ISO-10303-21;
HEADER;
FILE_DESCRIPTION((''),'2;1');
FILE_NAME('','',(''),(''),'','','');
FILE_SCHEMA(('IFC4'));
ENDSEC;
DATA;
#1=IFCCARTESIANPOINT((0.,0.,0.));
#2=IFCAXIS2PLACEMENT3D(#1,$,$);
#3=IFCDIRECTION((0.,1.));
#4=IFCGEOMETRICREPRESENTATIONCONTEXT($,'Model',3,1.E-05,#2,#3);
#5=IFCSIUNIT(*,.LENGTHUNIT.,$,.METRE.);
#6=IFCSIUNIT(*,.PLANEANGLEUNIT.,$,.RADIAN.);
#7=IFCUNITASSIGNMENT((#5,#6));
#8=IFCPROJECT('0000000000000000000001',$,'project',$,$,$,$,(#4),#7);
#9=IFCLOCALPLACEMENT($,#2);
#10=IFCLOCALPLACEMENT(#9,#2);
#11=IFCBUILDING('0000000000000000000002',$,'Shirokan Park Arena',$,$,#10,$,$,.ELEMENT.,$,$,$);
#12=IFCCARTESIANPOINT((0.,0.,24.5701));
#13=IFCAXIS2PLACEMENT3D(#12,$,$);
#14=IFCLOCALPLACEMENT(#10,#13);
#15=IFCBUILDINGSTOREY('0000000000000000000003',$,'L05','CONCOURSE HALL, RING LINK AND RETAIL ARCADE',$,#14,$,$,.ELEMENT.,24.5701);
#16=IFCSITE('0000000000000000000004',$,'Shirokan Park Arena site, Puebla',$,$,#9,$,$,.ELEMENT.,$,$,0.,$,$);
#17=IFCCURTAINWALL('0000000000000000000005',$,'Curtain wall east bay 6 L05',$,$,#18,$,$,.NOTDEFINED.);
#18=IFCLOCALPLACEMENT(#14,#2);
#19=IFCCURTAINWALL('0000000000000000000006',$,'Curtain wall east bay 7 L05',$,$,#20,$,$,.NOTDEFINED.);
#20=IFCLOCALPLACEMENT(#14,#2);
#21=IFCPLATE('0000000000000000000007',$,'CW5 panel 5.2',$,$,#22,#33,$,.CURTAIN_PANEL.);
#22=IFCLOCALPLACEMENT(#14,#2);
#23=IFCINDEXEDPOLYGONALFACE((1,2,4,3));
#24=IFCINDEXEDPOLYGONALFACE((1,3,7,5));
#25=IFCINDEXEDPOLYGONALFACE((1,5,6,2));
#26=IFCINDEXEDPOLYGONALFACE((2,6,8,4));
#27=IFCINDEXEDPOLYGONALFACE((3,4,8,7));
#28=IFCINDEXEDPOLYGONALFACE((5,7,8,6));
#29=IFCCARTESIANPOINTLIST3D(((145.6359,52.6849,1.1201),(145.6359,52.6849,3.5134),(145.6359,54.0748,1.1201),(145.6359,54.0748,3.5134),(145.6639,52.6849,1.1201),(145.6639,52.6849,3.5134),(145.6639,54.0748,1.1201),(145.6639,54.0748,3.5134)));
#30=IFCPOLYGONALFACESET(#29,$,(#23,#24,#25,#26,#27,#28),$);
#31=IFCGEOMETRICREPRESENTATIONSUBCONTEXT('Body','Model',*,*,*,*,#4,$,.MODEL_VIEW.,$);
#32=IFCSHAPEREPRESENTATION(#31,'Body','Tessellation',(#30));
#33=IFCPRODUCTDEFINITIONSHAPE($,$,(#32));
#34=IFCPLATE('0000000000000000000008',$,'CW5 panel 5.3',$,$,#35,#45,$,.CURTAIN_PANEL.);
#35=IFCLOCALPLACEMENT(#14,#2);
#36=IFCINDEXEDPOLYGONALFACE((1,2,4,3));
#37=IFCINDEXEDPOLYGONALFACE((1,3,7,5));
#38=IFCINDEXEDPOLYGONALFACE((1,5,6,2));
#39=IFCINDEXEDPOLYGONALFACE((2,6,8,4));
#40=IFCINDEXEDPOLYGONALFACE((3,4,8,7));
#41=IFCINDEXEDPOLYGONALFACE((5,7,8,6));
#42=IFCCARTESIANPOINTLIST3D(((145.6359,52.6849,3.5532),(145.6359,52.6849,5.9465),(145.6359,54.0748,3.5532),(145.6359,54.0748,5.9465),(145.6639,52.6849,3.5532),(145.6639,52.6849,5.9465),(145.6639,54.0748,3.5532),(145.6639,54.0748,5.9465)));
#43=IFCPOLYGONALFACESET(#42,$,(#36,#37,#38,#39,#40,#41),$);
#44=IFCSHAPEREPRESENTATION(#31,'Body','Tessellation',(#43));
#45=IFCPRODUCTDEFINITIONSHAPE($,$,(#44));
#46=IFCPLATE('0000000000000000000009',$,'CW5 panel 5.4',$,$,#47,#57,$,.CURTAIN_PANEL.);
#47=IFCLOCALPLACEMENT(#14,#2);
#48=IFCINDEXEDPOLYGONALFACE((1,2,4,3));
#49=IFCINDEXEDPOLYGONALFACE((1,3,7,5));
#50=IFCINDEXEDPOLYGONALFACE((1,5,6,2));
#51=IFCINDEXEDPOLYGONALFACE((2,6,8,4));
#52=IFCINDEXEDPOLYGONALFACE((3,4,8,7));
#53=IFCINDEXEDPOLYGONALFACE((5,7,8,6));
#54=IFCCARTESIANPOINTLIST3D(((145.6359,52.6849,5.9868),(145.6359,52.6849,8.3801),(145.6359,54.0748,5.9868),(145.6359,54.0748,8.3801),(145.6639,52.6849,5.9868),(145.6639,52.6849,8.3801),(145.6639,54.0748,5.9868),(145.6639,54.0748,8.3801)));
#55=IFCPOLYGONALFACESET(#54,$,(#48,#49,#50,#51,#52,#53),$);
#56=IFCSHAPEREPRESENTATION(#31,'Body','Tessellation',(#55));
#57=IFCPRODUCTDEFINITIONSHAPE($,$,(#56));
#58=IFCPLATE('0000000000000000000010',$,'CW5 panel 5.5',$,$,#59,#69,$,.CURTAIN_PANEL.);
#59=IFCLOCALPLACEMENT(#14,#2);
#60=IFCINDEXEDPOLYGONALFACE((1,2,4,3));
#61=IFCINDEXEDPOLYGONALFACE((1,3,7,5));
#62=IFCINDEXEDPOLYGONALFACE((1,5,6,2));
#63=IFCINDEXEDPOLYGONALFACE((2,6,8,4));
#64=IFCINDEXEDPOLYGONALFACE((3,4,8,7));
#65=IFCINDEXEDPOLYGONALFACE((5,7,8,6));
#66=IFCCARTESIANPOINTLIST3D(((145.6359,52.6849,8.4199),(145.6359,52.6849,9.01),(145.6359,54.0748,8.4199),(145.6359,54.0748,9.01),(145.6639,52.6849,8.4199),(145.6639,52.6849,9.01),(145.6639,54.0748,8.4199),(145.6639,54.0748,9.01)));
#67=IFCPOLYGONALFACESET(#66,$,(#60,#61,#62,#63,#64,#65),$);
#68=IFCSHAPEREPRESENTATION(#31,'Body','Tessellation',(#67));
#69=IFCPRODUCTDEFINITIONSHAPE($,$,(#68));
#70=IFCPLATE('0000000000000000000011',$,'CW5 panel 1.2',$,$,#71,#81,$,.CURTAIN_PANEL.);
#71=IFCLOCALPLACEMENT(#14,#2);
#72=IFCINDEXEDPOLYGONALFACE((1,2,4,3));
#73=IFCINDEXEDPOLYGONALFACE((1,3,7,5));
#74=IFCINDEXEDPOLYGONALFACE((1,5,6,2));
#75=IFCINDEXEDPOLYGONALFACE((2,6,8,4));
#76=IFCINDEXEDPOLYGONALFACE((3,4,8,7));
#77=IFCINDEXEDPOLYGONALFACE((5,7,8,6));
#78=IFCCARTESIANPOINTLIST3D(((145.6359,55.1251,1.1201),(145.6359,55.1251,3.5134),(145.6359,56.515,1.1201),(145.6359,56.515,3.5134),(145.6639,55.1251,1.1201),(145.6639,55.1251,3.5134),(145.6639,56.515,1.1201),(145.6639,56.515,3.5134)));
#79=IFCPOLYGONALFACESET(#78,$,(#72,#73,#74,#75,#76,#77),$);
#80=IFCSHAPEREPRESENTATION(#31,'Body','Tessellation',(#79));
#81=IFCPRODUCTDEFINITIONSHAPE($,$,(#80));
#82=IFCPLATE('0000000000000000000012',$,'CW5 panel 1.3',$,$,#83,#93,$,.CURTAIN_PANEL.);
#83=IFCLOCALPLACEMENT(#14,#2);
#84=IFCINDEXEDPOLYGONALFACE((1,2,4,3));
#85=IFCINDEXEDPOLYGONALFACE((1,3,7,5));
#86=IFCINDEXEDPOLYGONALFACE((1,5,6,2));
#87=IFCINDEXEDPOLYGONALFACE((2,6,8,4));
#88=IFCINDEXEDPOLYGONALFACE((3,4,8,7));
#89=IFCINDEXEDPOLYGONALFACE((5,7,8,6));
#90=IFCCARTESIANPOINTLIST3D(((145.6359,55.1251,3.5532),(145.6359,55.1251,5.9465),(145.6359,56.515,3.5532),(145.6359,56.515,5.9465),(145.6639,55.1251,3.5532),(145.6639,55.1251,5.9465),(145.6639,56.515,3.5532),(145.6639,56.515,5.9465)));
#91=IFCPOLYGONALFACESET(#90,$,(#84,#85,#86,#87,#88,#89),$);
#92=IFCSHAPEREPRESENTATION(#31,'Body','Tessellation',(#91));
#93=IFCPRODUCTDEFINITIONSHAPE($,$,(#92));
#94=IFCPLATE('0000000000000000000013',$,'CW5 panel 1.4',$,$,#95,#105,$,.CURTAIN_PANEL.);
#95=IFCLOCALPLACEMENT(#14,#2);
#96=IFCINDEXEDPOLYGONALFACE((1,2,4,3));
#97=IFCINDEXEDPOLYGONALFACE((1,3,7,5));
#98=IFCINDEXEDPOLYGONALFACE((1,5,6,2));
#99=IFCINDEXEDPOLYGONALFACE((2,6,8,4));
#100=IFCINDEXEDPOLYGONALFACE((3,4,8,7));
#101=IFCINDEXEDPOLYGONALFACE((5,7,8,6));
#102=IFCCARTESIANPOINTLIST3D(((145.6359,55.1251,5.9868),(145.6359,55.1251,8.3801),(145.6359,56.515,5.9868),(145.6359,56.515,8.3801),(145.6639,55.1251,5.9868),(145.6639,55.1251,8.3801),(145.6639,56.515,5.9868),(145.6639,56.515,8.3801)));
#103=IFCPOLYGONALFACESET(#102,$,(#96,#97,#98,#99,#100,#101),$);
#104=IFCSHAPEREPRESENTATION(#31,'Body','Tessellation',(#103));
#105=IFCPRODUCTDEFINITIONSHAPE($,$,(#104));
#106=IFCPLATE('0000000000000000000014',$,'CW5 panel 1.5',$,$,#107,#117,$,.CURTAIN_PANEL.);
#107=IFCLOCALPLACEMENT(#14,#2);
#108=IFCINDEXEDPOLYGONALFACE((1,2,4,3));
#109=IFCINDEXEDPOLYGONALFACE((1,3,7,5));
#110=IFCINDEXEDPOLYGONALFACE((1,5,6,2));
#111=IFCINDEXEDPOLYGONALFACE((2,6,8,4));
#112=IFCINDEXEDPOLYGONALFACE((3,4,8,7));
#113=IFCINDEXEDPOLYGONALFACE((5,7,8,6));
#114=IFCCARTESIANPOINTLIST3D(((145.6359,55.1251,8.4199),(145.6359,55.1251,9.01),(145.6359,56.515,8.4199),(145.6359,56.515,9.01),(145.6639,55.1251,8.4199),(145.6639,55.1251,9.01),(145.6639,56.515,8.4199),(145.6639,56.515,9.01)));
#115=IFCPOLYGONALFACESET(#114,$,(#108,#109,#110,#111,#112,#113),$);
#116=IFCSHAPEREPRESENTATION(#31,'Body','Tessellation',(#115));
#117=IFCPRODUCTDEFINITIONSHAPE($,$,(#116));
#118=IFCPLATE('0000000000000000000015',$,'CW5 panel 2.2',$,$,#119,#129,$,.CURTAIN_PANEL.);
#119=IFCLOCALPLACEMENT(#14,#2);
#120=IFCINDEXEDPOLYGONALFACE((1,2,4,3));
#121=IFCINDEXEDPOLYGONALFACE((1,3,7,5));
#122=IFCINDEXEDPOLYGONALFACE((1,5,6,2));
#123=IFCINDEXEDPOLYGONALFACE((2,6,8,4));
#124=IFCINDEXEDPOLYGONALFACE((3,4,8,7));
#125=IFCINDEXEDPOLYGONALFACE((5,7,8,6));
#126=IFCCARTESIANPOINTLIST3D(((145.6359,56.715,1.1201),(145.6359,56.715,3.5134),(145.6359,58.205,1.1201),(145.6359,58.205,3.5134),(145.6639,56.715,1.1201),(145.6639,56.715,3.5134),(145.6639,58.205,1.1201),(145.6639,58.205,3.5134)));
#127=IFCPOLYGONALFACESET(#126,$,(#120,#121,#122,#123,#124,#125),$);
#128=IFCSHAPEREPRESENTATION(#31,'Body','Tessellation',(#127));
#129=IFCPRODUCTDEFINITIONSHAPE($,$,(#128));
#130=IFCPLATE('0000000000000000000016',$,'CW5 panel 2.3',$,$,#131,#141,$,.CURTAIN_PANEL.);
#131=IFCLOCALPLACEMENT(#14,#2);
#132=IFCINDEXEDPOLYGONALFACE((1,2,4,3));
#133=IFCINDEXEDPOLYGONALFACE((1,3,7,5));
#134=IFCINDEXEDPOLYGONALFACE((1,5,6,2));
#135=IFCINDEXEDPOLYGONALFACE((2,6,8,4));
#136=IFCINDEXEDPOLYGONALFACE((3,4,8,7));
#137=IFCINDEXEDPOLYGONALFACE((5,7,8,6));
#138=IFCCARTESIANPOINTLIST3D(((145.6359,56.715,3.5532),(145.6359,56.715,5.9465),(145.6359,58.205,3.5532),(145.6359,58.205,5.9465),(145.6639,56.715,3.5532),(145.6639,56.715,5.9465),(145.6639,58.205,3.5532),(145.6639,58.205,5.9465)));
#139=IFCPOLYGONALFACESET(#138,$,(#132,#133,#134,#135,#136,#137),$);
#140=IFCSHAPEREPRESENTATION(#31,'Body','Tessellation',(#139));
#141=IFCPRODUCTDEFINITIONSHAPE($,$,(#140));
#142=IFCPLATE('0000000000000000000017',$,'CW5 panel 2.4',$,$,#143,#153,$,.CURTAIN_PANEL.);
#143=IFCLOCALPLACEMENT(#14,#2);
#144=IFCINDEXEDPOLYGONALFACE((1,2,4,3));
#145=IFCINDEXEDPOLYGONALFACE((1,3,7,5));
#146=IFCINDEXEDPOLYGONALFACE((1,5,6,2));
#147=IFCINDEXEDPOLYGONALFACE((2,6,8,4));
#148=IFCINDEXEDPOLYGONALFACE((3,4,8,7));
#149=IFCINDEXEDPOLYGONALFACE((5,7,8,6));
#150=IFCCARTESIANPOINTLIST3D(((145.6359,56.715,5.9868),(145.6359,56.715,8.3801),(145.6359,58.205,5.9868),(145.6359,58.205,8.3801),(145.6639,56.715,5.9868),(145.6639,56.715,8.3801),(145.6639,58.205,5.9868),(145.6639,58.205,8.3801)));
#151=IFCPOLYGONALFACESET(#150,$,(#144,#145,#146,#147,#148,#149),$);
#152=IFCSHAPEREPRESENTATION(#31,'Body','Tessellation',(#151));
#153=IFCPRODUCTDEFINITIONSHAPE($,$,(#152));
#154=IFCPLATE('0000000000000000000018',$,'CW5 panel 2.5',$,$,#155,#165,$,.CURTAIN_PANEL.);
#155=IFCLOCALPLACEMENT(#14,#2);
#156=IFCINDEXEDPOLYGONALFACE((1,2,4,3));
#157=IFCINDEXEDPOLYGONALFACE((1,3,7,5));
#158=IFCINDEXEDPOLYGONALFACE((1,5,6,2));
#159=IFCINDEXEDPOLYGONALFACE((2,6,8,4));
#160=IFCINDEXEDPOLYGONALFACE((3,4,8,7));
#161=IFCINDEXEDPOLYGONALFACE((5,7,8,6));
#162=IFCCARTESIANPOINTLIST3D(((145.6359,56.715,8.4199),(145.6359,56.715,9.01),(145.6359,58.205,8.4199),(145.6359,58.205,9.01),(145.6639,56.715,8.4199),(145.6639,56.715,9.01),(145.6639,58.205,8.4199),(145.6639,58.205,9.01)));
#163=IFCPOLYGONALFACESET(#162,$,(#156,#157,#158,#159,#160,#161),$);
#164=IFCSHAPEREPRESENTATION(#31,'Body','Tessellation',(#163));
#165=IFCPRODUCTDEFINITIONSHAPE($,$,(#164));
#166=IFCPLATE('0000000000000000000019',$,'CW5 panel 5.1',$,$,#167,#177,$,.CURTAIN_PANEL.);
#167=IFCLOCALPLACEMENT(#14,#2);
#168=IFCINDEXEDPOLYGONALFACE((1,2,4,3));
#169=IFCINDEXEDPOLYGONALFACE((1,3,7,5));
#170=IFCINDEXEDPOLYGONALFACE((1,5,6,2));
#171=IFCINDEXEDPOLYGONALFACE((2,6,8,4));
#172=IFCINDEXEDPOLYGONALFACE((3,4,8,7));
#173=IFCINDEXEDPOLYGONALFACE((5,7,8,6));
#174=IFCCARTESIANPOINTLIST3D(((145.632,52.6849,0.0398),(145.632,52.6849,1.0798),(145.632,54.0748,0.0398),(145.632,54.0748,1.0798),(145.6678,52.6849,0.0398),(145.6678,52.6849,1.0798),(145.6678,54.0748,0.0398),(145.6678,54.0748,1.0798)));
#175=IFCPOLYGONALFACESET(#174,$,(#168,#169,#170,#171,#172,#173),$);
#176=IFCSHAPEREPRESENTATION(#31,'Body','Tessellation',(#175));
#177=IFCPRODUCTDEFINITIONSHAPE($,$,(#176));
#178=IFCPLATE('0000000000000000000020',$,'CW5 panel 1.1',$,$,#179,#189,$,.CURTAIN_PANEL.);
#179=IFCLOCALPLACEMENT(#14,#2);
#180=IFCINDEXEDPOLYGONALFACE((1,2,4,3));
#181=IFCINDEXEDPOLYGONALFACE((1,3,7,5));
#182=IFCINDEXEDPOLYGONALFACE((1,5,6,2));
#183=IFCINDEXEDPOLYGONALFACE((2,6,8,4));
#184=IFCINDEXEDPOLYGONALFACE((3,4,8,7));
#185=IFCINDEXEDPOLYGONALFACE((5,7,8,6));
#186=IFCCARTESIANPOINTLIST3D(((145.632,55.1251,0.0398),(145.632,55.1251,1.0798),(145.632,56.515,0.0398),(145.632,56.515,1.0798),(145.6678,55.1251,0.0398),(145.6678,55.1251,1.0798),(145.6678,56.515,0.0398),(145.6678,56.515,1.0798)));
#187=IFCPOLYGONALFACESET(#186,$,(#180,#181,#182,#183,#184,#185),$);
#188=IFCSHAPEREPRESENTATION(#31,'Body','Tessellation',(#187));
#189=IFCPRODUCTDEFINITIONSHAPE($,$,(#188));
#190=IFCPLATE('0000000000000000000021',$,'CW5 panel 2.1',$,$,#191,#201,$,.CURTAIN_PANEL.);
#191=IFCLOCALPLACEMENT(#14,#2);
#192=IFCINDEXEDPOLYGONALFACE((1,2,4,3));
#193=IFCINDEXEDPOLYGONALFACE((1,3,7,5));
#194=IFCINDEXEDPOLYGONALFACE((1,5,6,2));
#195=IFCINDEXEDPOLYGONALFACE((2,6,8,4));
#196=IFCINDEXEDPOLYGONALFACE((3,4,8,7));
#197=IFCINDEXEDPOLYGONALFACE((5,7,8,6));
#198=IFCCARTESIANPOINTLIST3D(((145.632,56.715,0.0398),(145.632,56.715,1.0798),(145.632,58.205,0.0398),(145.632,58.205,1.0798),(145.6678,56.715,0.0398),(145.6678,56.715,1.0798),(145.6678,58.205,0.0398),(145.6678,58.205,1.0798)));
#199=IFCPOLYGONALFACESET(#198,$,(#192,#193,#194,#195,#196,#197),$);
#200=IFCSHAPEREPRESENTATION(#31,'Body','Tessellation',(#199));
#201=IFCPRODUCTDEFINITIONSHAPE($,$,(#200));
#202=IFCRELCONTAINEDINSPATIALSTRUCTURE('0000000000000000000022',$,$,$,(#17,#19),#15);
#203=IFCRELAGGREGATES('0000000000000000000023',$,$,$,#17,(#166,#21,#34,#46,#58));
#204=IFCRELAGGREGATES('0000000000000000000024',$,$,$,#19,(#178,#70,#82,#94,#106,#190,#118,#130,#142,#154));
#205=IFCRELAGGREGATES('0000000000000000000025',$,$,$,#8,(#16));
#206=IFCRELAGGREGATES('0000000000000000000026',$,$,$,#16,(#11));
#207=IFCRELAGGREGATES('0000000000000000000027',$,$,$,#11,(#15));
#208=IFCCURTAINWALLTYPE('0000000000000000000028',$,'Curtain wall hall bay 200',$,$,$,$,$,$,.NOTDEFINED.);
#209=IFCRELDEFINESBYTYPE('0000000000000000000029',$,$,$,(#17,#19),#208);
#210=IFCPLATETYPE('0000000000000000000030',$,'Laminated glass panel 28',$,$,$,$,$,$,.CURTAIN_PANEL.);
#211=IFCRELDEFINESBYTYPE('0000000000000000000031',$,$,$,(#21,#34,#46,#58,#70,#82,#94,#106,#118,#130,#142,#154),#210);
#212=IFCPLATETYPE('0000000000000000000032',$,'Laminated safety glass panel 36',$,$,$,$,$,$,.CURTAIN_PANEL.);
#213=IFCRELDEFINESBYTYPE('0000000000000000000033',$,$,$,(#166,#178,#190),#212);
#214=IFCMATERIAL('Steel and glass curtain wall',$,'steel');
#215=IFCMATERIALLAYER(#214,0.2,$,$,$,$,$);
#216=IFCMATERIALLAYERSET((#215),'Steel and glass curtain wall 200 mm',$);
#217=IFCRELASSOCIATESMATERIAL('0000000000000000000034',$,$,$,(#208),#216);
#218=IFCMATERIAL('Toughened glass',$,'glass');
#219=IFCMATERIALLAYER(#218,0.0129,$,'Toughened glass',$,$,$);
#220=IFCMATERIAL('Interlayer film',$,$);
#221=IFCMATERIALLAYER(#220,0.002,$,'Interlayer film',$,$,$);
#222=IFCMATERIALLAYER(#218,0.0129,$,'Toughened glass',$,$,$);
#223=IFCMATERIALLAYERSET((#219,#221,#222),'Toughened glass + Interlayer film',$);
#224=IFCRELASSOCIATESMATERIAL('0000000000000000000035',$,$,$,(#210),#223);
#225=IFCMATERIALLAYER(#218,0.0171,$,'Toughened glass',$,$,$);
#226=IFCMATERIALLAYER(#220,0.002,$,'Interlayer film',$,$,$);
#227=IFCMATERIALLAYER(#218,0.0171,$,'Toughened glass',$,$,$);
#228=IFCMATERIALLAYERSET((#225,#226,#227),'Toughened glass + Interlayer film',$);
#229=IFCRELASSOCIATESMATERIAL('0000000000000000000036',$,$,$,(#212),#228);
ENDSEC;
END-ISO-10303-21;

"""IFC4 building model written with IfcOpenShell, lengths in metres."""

from ifc_helpers import new_model, si_unit, direction, frame, origin, origin_2d, place, context, subcontext, project, spatial, rectangle, extrude, material, layer, layer_set, type_object, element, aggregate, save


model = new_model("IFC4")

# Units and contexts
model_context = context("Model", 3, precision=1e-05, world=origin(), true_north=direction((0.0, 1.0)))
body_context = subcontext(model_context, "Body", "Model", "MODEL_VIEW")
ifc_project = project(units=[si_unit("LENGTHUNIT", "METRE"), si_unit("PLANEANGLEUNIT", "RADIAN")], contexts=[model_context])

# Site, building, storey
site_placement = place(None, origin())
site = spatial("IfcSite", under=ifc_project, at=site_placement, Name="Shirokan Park Arena site, Puebla", CompositionType="ELEMENT", RefElevation=0.0)
building_placement = place(site_placement, origin())
building = spatial("IfcBuilding", under=site, at=building_placement, Name="Shirokan Park Arena", CompositionType="ELEMENT")
storey_placement = place(building_placement, frame((0.0, 0.0, 24.5701)))
storey = spatial("IfcBuildingStorey", under=building, at=storey_placement, Name="L05", Description="CONCOURSE HALL, RING LINK AND RETAIL ARCADE", CompositionType="ELEMENT", Elevation=24.5701)

# Curtain wall
ifc_material_1 = material(Name="Steel and glass curtain wall", Category="steel")
ifc_layer_1 = layer(ifc_material_1, 0.2)
ifc_layer_set_1 = layer_set([ifc_layer_1], Name="Steel and glass curtain wall 200 mm")
curtain_wall_type = type_object("IfcCurtainWallType", Name="Curtain wall hall bay 200", PredefinedType="NOTDEFINED", material=ifc_layer_set_1)
curtain_wall_1_placement = place(storey_placement, origin())
curtain_wall_1 = element("IfcCurtainWall", 1, at=curtain_wall_1_placement, inside=storey, type_object=curtain_wall_type, Name="Curtain wall east bay 6 L05", PredefinedType="NOTDEFINED")

# Curtain wall
curtain_wall_2_placement = place(storey_placement, origin())
curtain_wall_2 = element("IfcCurtainWall", 2, at=curtain_wall_2_placement, inside=storey, type_object=curtain_wall_type, Name="Curtain wall east bay 7 L05", PredefinedType="NOTDEFINED")

# Plates
ifc_material_2 = material(Name="Toughened glass", Category="glass")
ifc_layer_2 = layer(ifc_material_2, 0.0129, Name="Toughened glass")
ifc_material_3 = material(Name="Interlayer film")
ifc_layer_3 = layer(ifc_material_3, 0.002, Name="Interlayer film")
ifc_layer_4 = layer(ifc_material_2, 0.0129, Name="Toughened glass")
ifc_layer_set_2 = layer_set([ifc_layer_2, ifc_layer_3, ifc_layer_4], Name="Toughened glass + Interlayer film")
plate_type_1 = type_object("IfcPlateType", Name="Laminated glass panel 28", PredefinedType="CURTAIN_PANEL", material=ifc_layer_set_2)
plate_1_placement = place(storey_placement, frame((145.6499, 53.3799, 1.1201), z_axis=(0.0, 0.0, 1.0), x_axis=(0.0, 1.0, 0.0)))
plate_1 = element("IfcPlate", 3, at=plate_1_placement, type_object=plate_type_1, Name="CW5 panel 5.2", PredefinedType="CURTAIN_PANEL", context=body_context, shape_type="SweptSolid", body=[
    extrude(rectangle(XDim=1.3899, YDim=0.0281, at=origin_2d()), origin(), (0.0, 0.0, 1.0), 2.3933),
])
plate_2_placement = place(storey_placement, frame((145.6499, 53.3799, 3.5532), z_axis=(0.0, 0.0, 1.0), x_axis=(0.0, 1.0, 0.0)))
plate_2 = element("IfcPlate", 4, at=plate_2_placement, type_object=plate_type_1, Name="CW5 panel 5.3", PredefinedType="CURTAIN_PANEL", context=body_context, shape_type="SweptSolid", body=[
    extrude(rectangle(XDim=1.3899, YDim=0.0281, at=origin_2d()), origin(), (0.0, 0.0, 1.0), 2.3933),
])
plate_3_placement = place(storey_placement, frame((145.6499, 53.3799, 5.9868), z_axis=(0.0, 0.0, 1.0), x_axis=(0.0, 1.0, 0.0)))
plate_3 = element("IfcPlate", 5, at=plate_3_placement, type_object=plate_type_1, Name="CW5 panel 5.4", PredefinedType="CURTAIN_PANEL", context=body_context, shape_type="SweptSolid", body=[
    extrude(rectangle(XDim=1.3899, YDim=0.0281, at=origin_2d()), origin(), (0.0, 0.0, 1.0), 2.3933),
])
plate_4_placement = place(storey_placement, frame((145.6499, 53.3799, 8.4199), z_axis=(0.0, 0.0, 1.0), x_axis=(0.0, 1.0, 0.0)))
plate_4 = element("IfcPlate", 6, at=plate_4_placement, type_object=plate_type_1, Name="CW5 panel 5.5", PredefinedType="CURTAIN_PANEL", context=body_context, shape_type="SweptSolid", body=[
    extrude(rectangle(XDim=1.3899, YDim=0.0281, at=origin_2d()), origin(), (0.0, 0.0, 1.0), 0.5901),
])
plate_5_placement = place(storey_placement, frame((145.6499, 55.8201, 1.1201), z_axis=(0.0, 0.0, 1.0), x_axis=(0.0, 1.0, 0.0)))
plate_5 = element("IfcPlate", 7, at=plate_5_placement, type_object=plate_type_1, Name="CW5 panel 1.2", PredefinedType="CURTAIN_PANEL", context=body_context, shape_type="SweptSolid", body=[
    extrude(rectangle(XDim=1.3899, YDim=0.0281, at=origin_2d()), origin(), (0.0, 0.0, 1.0), 2.3933),
])
plate_6_placement = place(storey_placement, frame((145.6499, 55.8201, 3.5532), z_axis=(0.0, 0.0, 1.0), x_axis=(0.0, 1.0, 0.0)))
plate_6 = element("IfcPlate", 8, at=plate_6_placement, type_object=plate_type_1, Name="CW5 panel 1.3", PredefinedType="CURTAIN_PANEL", context=body_context, shape_type="SweptSolid", body=[
    extrude(rectangle(XDim=1.3899, YDim=0.0281, at=origin_2d()), origin(), (0.0, 0.0, 1.0), 2.3933),
])
plate_7_placement = place(storey_placement, frame((145.6499, 55.8201, 5.9868), z_axis=(0.0, 0.0, 1.0), x_axis=(0.0, 1.0, 0.0)))
plate_7 = element("IfcPlate", 9, at=plate_7_placement, type_object=plate_type_1, Name="CW5 panel 1.4", PredefinedType="CURTAIN_PANEL", context=body_context, shape_type="SweptSolid", body=[
    extrude(rectangle(XDim=1.3899, YDim=0.0281, at=origin_2d()), origin(), (0.0, 0.0, 1.0), 2.3933),
])
plate_8_placement = place(storey_placement, frame((145.6499, 55.8201, 8.4199), z_axis=(0.0, 0.0, 1.0), x_axis=(0.0, 1.0, 0.0)))
plate_8 = element("IfcPlate", 10, at=plate_8_placement, type_object=plate_type_1, Name="CW5 panel 1.5", PredefinedType="CURTAIN_PANEL", context=body_context, shape_type="SweptSolid", body=[
    extrude(rectangle(XDim=1.3899, YDim=0.0281, at=origin_2d()), origin(), (0.0, 0.0, 1.0), 0.5901),
])
plate_9_placement = place(storey_placement, frame((145.6499, 57.46, 1.1201), z_axis=(0.0, 0.0, 1.0), x_axis=(0.0, 1.0, 0.0)))
plate_9 = element("IfcPlate", 11, at=plate_9_placement, type_object=plate_type_1, Name="CW5 panel 2.2", PredefinedType="CURTAIN_PANEL", context=body_context, shape_type="SweptSolid", body=[
    extrude(rectangle(XDim=1.49, YDim=0.0281, at=origin_2d()), origin(), (0.0, 0.0, 1.0), 2.3933),
])
plate_10_placement = place(storey_placement, frame((145.6499, 57.46, 3.5532), z_axis=(0.0, 0.0, 1.0), x_axis=(0.0, 1.0, 0.0)))
plate_10 = element("IfcPlate", 12, at=plate_10_placement, type_object=plate_type_1, Name="CW5 panel 2.3", PredefinedType="CURTAIN_PANEL", context=body_context, shape_type="SweptSolid", body=[
    extrude(rectangle(XDim=1.49, YDim=0.0281, at=origin_2d()), origin(), (0.0, 0.0, 1.0), 2.3933),
])
plate_11_placement = place(storey_placement, frame((145.6499, 57.46, 5.9868), z_axis=(0.0, 0.0, 1.0), x_axis=(0.0, 1.0, 0.0)))
plate_11 = element("IfcPlate", 13, at=plate_11_placement, type_object=plate_type_1, Name="CW5 panel 2.4", PredefinedType="CURTAIN_PANEL", context=body_context, shape_type="SweptSolid", body=[
    extrude(rectangle(XDim=1.49, YDim=0.0281, at=origin_2d()), origin(), (0.0, 0.0, 1.0), 2.3933),
])
plate_12_placement = place(storey_placement, frame((145.6499, 57.46, 8.4199), z_axis=(0.0, 0.0, 1.0), x_axis=(0.0, 1.0, 0.0)))
plate_12 = element("IfcPlate", 14, at=plate_12_placement, type_object=plate_type_1, Name="CW5 panel 2.5", PredefinedType="CURTAIN_PANEL", context=body_context, shape_type="SweptSolid", body=[
    extrude(rectangle(XDim=1.49, YDim=0.0281, at=origin_2d()), origin(), (0.0, 0.0, 1.0), 0.5901),
])
ifc_layer_5 = layer(ifc_material_2, 0.0171, Name="Toughened glass")
ifc_layer_6 = layer(ifc_material_3, 0.002, Name="Interlayer film")
ifc_layer_7 = layer(ifc_material_2, 0.0171, Name="Toughened glass")
ifc_layer_set_3 = layer_set([ifc_layer_5, ifc_layer_6, ifc_layer_7], Name="Toughened glass + Interlayer film")
plate_type_2 = type_object("IfcPlateType", Name="Laminated safety glass panel 36", PredefinedType="CURTAIN_PANEL", material=ifc_layer_set_3)
plate_13_placement = place(storey_placement, frame((145.6499, 53.3799, 0.0398), z_axis=(0.0, 0.0, 1.0), x_axis=(0.0, 1.0, 0.0)))
plate_13 = element("IfcPlate", 15, at=plate_13_placement, type_object=plate_type_2, Name="CW5 panel 5.1", PredefinedType="CURTAIN_PANEL", context=body_context, shape_type="SweptSolid", body=[
    extrude(rectangle(XDim=1.3899, YDim=0.0359, at=origin_2d()), origin(), (0.0, 0.0, 1.0), 1.04),
])
aggregate(curtain_wall_1, [plate_13, plate_1, plate_2, plate_3, plate_4])
plate_14_placement = place(storey_placement, frame((145.6499, 55.8201, 0.0398), z_axis=(0.0, 0.0, 1.0), x_axis=(0.0, 1.0, 0.0)))
plate_14 = element("IfcPlate", 16, at=plate_14_placement, type_object=plate_type_2, Name="CW5 panel 1.1", PredefinedType="CURTAIN_PANEL", context=body_context, shape_type="SweptSolid", body=[
    extrude(rectangle(XDim=1.3899, YDim=0.0359, at=origin_2d()), origin(), (0.0, 0.0, 1.0), 1.04),
])
plate_15_placement = place(storey_placement, frame((145.6499, 57.46, 0.0398), z_axis=(0.0, 0.0, 1.0), x_axis=(0.0, 1.0, 0.0)))
plate_15 = element("IfcPlate", 17, at=plate_15_placement, type_object=plate_type_2, Name="CW5 panel 2.1", PredefinedType="CURTAIN_PANEL", context=body_context, shape_type="SweptSolid", body=[
    extrude(rectangle(XDim=1.49, YDim=0.0359, at=origin_2d()), origin(), (0.0, 0.0, 1.0), 1.04),
])
aggregate(curtain_wall_2, [plate_14, plate_5, plate_6, plate_7, plate_8, plate_15, plate_9, plate_10, plate_11, plate_12])

save(model, "model.ifc")
